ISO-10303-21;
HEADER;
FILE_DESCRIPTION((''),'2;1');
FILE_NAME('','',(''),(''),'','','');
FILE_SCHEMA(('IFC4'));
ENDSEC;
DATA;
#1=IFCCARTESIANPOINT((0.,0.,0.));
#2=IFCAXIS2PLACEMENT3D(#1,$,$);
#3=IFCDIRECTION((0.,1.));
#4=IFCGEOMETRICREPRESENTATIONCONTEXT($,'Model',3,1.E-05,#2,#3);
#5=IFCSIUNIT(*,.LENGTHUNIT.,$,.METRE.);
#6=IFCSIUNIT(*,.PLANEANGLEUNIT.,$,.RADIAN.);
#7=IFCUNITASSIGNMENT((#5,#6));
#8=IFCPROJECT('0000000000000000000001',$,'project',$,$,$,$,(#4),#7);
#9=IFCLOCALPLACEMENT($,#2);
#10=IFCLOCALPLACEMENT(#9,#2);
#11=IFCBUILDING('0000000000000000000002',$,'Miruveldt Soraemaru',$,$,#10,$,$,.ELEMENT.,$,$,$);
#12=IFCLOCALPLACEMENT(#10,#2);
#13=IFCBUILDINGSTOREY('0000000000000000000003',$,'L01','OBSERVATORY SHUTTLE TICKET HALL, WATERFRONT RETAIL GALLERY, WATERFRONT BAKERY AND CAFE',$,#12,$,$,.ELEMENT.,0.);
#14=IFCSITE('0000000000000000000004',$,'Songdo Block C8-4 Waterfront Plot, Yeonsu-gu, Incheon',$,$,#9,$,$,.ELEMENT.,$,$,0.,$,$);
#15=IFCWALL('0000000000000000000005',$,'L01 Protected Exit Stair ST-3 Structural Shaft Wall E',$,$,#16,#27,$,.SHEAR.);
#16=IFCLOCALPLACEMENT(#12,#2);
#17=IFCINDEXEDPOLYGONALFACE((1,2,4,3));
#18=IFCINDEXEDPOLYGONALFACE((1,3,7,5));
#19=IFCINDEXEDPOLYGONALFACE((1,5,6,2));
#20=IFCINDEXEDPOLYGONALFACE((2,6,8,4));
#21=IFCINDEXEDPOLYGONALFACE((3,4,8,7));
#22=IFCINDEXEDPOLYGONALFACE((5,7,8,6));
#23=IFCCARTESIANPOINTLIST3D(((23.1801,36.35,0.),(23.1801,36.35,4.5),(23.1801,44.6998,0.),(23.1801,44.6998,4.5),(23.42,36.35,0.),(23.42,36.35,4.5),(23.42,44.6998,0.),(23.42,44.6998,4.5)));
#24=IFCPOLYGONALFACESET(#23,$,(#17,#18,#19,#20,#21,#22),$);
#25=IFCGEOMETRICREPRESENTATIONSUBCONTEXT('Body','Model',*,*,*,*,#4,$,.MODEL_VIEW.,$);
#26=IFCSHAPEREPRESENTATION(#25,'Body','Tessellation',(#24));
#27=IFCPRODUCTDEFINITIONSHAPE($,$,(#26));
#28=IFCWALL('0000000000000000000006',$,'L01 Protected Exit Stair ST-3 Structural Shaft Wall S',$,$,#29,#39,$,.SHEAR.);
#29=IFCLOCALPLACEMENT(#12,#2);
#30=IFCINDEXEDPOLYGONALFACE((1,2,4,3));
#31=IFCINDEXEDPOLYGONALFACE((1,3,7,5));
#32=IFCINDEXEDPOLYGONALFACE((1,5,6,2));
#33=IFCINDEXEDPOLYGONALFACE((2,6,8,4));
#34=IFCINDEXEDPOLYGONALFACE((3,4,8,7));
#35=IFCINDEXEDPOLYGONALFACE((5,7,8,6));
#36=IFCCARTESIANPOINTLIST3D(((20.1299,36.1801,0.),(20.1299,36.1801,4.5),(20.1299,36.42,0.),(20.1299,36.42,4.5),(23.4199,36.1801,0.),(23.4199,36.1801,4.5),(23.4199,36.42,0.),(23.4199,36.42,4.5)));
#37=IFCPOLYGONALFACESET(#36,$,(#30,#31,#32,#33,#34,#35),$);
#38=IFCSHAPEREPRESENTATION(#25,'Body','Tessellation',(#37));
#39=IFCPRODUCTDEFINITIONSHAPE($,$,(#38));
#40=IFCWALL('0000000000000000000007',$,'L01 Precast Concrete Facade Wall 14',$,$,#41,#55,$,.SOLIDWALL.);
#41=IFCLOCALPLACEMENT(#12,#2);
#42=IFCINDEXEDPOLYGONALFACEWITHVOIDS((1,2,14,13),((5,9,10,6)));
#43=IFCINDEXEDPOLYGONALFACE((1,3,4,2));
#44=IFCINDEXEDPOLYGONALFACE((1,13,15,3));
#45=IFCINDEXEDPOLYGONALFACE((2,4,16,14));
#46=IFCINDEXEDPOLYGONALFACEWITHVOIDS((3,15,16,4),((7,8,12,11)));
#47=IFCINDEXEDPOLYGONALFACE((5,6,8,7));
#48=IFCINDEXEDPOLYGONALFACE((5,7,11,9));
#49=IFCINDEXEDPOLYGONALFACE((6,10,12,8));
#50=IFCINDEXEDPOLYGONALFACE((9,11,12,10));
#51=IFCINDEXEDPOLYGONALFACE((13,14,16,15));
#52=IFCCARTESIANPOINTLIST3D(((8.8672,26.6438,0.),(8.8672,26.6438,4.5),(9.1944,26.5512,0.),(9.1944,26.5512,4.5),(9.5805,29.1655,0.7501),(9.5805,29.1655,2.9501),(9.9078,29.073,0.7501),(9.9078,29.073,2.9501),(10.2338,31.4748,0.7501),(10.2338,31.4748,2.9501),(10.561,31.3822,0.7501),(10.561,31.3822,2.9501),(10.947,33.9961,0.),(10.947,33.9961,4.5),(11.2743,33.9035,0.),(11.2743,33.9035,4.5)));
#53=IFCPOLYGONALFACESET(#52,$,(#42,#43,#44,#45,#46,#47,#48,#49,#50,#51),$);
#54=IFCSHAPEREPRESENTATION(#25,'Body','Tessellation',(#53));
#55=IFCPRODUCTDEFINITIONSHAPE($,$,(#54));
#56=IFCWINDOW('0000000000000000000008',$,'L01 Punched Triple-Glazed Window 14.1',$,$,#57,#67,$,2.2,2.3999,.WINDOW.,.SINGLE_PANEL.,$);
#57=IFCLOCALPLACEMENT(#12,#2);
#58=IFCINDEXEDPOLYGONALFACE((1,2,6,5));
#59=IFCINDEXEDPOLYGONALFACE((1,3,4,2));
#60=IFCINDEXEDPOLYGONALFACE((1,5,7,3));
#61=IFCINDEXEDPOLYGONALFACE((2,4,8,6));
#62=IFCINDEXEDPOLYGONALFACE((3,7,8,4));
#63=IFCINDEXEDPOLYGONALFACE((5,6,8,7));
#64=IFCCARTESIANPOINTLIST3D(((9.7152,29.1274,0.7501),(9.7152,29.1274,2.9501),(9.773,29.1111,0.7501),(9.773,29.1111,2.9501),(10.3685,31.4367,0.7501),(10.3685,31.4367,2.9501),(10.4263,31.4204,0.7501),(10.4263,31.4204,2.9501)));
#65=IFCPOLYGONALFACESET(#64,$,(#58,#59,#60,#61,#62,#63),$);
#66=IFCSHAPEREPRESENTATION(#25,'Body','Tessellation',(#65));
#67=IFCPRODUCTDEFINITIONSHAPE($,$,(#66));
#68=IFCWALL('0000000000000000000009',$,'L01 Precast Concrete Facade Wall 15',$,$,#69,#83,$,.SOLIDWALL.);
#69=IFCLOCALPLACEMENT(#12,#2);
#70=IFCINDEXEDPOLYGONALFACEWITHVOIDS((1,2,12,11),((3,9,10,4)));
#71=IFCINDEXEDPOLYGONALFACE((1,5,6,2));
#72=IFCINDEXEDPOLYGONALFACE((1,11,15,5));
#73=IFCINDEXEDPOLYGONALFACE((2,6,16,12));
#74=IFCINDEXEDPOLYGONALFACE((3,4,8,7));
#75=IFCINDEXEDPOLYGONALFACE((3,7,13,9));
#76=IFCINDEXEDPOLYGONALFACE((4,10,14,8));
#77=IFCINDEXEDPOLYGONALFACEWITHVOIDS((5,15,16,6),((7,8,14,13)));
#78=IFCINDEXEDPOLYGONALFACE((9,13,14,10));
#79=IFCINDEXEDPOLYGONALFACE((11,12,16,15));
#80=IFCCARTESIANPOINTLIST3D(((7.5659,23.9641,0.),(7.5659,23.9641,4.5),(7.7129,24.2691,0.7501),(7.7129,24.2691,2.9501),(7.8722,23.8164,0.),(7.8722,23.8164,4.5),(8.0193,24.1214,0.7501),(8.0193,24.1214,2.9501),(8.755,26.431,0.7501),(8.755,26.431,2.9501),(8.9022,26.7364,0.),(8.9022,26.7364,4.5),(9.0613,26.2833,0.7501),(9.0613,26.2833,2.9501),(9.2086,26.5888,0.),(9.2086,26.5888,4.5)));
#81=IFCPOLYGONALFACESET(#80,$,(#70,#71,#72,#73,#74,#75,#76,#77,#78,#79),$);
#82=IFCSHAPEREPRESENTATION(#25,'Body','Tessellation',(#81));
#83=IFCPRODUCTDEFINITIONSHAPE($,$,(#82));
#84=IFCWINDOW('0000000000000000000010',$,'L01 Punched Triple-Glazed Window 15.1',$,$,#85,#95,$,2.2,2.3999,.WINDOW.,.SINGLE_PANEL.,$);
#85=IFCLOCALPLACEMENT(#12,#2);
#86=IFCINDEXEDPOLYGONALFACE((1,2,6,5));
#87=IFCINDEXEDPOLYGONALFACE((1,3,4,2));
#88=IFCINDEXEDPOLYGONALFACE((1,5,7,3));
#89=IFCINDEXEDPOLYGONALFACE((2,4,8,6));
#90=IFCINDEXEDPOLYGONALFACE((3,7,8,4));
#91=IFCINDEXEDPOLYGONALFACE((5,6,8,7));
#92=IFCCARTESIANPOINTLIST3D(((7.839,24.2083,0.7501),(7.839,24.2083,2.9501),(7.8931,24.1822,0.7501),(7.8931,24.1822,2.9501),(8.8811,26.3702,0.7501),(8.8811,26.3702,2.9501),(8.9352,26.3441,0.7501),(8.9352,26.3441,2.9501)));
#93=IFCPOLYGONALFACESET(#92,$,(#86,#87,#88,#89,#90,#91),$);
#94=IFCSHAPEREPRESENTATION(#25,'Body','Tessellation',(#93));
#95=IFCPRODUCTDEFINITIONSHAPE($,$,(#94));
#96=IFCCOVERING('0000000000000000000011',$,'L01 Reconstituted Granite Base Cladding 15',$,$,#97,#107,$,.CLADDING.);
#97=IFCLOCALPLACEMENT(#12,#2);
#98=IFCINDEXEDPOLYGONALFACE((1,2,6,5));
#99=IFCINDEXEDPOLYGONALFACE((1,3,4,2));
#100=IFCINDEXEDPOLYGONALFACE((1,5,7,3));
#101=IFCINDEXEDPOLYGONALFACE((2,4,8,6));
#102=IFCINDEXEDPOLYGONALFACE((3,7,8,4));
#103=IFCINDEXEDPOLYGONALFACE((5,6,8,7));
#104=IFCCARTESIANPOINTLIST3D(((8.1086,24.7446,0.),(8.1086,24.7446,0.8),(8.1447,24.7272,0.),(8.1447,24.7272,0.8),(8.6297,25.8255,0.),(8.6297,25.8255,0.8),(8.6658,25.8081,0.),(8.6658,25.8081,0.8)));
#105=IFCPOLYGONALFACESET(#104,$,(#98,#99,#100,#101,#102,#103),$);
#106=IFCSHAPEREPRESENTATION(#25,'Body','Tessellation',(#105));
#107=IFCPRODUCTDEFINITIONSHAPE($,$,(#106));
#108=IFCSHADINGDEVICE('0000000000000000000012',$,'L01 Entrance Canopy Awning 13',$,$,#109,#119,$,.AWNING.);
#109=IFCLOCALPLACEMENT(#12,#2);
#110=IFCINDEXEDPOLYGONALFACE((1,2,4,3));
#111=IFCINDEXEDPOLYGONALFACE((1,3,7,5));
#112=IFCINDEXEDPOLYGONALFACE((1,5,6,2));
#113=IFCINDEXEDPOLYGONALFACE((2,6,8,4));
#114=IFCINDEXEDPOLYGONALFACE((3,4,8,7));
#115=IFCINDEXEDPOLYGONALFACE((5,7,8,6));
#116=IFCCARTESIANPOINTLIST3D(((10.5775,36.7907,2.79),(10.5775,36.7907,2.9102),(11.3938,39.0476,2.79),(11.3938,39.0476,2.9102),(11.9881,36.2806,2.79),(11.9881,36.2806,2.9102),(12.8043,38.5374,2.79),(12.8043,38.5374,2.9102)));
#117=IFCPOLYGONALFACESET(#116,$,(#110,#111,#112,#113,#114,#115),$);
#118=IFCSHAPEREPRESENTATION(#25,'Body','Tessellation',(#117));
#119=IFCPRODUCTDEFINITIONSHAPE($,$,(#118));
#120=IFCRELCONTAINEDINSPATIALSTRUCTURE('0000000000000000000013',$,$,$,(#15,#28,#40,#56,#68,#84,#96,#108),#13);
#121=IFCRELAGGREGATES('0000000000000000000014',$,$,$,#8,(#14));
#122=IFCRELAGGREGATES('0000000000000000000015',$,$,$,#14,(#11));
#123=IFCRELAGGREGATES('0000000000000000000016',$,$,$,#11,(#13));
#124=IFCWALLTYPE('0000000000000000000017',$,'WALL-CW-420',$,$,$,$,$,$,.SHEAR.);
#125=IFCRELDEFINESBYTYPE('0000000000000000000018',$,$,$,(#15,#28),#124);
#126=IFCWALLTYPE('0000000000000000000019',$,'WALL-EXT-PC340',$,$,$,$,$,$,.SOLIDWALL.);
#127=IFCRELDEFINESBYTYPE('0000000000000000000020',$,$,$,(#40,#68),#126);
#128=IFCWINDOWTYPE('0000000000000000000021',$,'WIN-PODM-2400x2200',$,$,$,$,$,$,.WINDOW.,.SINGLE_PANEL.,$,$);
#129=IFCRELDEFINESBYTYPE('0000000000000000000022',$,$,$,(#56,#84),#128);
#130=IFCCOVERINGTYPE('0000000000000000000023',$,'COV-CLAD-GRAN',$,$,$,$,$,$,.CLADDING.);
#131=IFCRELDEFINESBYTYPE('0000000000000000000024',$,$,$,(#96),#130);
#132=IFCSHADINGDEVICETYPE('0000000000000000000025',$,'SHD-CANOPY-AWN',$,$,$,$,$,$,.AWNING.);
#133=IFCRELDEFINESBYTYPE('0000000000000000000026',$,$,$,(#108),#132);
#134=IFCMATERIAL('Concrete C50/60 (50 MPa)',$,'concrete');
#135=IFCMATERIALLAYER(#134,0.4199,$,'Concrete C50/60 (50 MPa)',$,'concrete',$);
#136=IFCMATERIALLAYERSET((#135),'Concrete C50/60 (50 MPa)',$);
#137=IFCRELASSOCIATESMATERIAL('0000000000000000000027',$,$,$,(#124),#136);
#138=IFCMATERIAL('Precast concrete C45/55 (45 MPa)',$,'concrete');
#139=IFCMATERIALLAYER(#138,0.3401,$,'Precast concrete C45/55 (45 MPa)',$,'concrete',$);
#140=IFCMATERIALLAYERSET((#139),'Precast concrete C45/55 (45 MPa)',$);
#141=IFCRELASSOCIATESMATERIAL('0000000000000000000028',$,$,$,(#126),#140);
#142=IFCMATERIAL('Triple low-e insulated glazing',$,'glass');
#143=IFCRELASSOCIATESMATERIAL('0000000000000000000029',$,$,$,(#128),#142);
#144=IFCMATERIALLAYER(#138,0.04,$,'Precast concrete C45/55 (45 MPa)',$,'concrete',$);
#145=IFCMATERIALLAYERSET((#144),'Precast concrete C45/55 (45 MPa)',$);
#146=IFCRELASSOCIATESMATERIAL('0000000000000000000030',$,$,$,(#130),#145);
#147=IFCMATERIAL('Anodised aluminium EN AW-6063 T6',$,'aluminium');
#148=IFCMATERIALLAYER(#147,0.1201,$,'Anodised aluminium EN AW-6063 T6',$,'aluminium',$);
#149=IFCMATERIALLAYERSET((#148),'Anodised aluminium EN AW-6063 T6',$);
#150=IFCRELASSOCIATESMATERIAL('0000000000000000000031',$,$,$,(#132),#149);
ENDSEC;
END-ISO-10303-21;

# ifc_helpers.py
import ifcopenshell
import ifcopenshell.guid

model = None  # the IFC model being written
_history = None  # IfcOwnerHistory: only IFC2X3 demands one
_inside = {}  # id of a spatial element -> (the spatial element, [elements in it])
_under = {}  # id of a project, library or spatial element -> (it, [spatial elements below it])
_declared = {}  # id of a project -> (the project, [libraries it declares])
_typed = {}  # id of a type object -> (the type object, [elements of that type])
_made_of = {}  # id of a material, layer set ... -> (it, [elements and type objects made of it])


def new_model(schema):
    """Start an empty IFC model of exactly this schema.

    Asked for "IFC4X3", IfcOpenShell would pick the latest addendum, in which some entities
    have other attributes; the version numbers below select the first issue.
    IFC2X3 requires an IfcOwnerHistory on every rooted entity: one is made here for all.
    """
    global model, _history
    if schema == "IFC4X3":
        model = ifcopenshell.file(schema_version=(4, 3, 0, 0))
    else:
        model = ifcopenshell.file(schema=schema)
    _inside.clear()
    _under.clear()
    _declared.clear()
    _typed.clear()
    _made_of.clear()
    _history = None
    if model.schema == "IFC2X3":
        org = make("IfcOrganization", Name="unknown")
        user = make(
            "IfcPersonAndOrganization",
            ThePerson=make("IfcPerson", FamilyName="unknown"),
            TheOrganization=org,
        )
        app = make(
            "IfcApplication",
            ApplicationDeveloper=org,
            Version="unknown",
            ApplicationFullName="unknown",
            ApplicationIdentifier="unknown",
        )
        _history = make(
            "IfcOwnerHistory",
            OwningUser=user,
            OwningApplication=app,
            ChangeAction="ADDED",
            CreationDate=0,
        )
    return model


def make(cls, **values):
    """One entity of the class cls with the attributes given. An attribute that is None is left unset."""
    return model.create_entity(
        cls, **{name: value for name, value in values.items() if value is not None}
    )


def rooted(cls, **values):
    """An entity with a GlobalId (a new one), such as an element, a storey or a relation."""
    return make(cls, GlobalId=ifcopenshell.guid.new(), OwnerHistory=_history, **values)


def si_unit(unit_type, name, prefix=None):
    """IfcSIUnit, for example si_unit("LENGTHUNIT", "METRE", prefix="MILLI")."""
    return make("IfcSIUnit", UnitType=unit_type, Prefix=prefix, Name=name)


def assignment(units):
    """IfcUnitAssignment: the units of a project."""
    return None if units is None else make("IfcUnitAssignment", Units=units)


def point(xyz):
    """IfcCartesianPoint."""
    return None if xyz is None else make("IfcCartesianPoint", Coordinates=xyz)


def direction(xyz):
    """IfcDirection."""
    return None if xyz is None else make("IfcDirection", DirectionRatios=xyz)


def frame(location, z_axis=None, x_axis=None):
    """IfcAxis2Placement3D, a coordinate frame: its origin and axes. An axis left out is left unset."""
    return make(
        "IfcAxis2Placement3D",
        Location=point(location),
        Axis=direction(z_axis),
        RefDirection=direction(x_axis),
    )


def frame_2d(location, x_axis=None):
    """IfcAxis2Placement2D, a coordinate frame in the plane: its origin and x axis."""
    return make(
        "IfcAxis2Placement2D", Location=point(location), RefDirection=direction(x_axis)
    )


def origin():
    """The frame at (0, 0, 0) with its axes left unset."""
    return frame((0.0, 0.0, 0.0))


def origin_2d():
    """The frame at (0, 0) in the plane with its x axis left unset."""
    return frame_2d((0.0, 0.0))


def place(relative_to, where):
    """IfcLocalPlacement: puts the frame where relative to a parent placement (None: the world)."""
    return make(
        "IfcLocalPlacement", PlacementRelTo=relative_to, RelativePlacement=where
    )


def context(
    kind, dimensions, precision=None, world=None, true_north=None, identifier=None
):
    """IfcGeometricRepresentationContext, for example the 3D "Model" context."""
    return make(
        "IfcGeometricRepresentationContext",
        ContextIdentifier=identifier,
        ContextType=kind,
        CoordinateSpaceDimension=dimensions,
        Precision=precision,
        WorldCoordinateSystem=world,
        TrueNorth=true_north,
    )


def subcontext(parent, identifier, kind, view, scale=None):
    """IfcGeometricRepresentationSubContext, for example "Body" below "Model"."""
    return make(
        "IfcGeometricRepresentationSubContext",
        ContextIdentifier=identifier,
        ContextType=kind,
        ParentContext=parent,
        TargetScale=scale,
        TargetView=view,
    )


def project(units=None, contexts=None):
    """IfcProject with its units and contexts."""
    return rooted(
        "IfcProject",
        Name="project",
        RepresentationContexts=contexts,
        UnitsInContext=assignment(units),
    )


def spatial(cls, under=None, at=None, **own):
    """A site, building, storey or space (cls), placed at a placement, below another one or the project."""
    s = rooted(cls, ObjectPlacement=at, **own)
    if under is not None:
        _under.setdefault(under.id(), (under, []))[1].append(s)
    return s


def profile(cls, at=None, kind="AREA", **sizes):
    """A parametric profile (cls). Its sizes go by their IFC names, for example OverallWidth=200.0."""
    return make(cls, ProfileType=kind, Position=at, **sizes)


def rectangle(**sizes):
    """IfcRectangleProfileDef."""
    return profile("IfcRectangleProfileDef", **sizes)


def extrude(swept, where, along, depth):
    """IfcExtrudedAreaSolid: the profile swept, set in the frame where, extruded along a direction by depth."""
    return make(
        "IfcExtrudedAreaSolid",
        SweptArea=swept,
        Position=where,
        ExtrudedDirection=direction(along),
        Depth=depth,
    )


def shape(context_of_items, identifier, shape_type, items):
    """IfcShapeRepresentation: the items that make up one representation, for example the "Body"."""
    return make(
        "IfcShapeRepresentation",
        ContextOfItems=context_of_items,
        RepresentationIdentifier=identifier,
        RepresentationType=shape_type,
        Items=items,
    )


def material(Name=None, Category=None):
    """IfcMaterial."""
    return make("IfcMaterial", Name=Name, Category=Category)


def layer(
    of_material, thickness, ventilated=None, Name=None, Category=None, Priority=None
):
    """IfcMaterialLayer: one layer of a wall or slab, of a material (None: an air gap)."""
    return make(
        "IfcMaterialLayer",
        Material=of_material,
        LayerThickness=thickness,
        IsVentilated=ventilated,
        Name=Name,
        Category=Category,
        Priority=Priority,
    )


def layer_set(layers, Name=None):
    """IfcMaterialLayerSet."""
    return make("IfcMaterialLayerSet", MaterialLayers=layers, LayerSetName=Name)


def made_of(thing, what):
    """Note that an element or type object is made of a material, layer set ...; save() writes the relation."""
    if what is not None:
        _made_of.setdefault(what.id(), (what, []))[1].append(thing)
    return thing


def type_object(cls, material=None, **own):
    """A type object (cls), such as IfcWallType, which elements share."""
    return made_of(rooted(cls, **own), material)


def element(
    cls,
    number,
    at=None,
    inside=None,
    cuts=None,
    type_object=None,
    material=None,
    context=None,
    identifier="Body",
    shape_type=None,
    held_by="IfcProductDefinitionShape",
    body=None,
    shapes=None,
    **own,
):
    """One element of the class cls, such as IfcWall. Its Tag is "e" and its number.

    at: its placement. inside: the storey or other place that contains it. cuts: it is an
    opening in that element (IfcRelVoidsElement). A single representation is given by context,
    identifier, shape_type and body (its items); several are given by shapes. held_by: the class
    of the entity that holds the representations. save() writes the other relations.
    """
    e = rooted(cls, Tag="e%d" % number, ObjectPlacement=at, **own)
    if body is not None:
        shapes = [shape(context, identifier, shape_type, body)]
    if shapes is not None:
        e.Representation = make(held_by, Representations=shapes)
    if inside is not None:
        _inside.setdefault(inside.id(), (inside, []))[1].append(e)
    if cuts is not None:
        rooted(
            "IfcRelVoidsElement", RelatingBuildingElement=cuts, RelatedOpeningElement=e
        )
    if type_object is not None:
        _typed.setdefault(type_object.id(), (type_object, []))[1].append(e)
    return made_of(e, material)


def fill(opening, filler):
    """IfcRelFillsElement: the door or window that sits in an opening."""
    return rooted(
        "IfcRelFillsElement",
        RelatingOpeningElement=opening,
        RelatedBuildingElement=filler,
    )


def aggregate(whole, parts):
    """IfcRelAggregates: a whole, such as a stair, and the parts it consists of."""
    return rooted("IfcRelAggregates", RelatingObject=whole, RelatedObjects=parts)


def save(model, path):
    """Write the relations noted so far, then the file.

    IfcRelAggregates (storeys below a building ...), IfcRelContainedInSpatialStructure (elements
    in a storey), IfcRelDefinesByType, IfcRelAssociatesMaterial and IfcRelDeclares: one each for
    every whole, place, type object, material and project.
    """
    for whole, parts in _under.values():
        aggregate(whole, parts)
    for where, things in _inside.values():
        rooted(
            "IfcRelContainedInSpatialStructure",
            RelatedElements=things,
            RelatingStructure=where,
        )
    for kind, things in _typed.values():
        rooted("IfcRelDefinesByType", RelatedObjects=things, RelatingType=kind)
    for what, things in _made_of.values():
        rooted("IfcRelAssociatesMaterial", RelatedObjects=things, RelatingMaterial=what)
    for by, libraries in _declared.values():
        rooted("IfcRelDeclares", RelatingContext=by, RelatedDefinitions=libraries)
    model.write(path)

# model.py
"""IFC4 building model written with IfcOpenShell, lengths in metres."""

from ifc_helpers import new_model, si_unit, direction, frame, frame_2d, origin, origin_2d, place, context, subcontext, project, spatial, rectangle, extrude, material, layer, layer_set, type_object, element, fill, save


model = new_model("IFC4")

# Units and contexts
model_context = context("Model", 3, precision=1e-05, world=origin(), true_north=direction((0.0, 1.0)))
body_context = subcontext(model_context, "Body", "Model", "MODEL_VIEW")
ifc_project = project(units=[si_unit("LENGTHUNIT", "METRE"), si_unit("PLANEANGLEUNIT", "RADIAN")], contexts=[model_context])

# Site, building, storey
site_placement = place(None, origin())
site = spatial("IfcSite", under=ifc_project, at=site_placement, Name="Songdo Block C8-4 Waterfront Plot, Yeonsu-gu, Incheon", CompositionType="ELEMENT", RefElevation=0.0)
building_placement = place(site_placement, origin())
building = spatial("IfcBuilding", under=site, at=building_placement, Name="Miruveldt Soraemaru", CompositionType="ELEMENT")
storey_placement = place(building_placement, origin())
storey = spatial("IfcBuildingStorey", under=building, at=storey_placement, Name="L01", Description="OBSERVATORY SHUTTLE TICKET HALL, WATERFRONT RETAIL GALLERY, WATERFRONT BAKERY AND CAFE", CompositionType="ELEMENT", Elevation=0.0)

# Shared definitions
ifc_material_1 = material(Name="Concrete C50/60 (50 MPa)", Category="concrete")

# Walls
ifc_layer_1 = layer(ifc_material_1, 0.4199, Name="Concrete C50/60 (50 MPa)", Category="concrete")
ifc_layer_set_1 = layer_set([ifc_layer_1], Name="Concrete C50/60 (50 MPa)")
wall_type_1 = type_object("IfcWallType", Name="WALL-CW-420", PredefinedType="SHEAR", material=ifc_layer_set_1)
for number, where, z_axis, x_axis, name in (
    (1, (23.3, 36.3501, 0.0), (0.0, 0.0, 1.0), (0.0, 1.0, 0.0), "L01 Protected Exit Stair ST-3 Structural Shaft Wall E"),
):
    element("IfcWall", number, at=place(storey_placement, frame(where, z_axis=z_axis, x_axis=x_axis)), inside=storey, type_object=wall_type_1, Name=name, PredefinedType="SHEAR", context=body_context, shape_type="SweptSolid", body=[
        extrude(rectangle(XDim=8.3499, YDim=0.24, at=frame_2d((4.1748, 0.0))), origin(), (0.0, 0.0, 1.0), 4.5),
    ])
wall_1_placement = place(storey_placement, frame((20.1299, 36.3, 0.0), z_axis=(0.0, 0.0, 1.0), x_axis=(1.0, 0.0, 0.0)))
element("IfcWall", 2, at=wall_1_placement, inside=storey, type_object=wall_type_1, Name="L01 Protected Exit Stair ST-3 Structural Shaft Wall S", PredefinedType="SHEAR", context=body_context, shape_type="SweptSolid", body=[
    extrude(rectangle(XDim=3.29, YDim=0.24, at=frame_2d((1.645, 0.0))), origin(), (0.0, 0.0, 1.0), 4.5),
])

# Walls, openings, windows
ifc_material_2 = material(Name="Precast concrete C45/55 (45 MPa)", Category="concrete")
ifc_layer_2 = layer(ifc_material_2, 0.3401, Name="Precast concrete C45/55 (45 MPa)", Category="concrete")
ifc_layer_set_2 = layer_set([ifc_layer_2], Name="Precast concrete C45/55 (45 MPa)")
wall_type_2 = type_object("IfcWallType", Name="WALL-EXT-PC340", PredefinedType="SOLIDWALL", material=ifc_layer_set_2)
wall_2_placement = place(storey_placement, frame((11.1106, 33.9497, 0.0), z_axis=(0.0, 0.0, 1.0), x_axis=(-0.272201, -0.96224, 0.0)))
wall_2 = element("IfcWall", 3, at=wall_2_placement, inside=storey, type_object=wall_type_2, Name="L01 Precast Concrete Facade Wall 14", PredefinedType="SOLIDWALL", context=body_context, shape_type="SweptSolid", body=[
    extrude(rectangle(XDim=7.6409, YDim=0.3401, at=frame_2d((3.8203, 0.0))), origin(), (0.0, 0.0, 1.0), 4.5),
])
opening_1_placement = place(wall_2_placement, frame((2.6201, 0.0, 0.75)))
opening_1 = element("IfcOpeningElement", 4, at=opening_1_placement, cuts=wall_2, PredefinedType="OPENING", context=body_context, shape_type="SweptSolid", body=[
    extrude(rectangle(XDim=2.3999, YDim=2.2, at=frame_2d((1.2, 1.1001))), frame((0.0, 0.1802, 0.0), z_axis=(0.0, -1.0, 0.0), x_axis=(1.0, 0.0, 0.0)), (0.0, 0.0, 1.0), 0.3601),
])
ifc_material_3 = material(Name="Triple low-e insulated glazing", Category="glass")
window_type = type_object("IfcWindowType", Name="WIN-PODM-2400x2200", PartitioningType="SINGLE_PANEL", PredefinedType="WINDOW", material=ifc_material_3)
window_1_placement = place(opening_1_placement, origin())
window_1 = element("IfcWindow", 5, at=window_1_placement, inside=storey, type_object=window_type, Name="L01 Punched Triple-Glazed Window 14.1", OverallHeight=2.2, OverallWidth=2.3999, PartitioningType="SINGLE_PANEL", PredefinedType="WINDOW", context=body_context, shape_type="SweptSolid", body=[
    extrude(rectangle(XDim=2.3999, YDim=2.2, at=frame_2d((1.2, 1.1001))), frame((0.0, 0.03, 0.0), z_axis=(0.0, -1.0, 0.0), x_axis=(1.0, 0.0, 0.0)), (0.0, 0.0, 1.0), 0.0601),
])
fill(opening_1, window_1)
wall_3_placement = place(storey_placement, frame((9.0554, 26.6626, 0.0), z_axis=(0.0, 0.0, 1.0), x_axis=(-0.434221, -0.900806, 0.0)))
wall_3 = element("IfcWall", 6, at=wall_3_placement, inside=storey, type_object=wall_type_2, Name="L01 Precast Concrete Facade Wall 15", PredefinedType="SOLIDWALL", context=body_context, shape_type="SweptSolid", body=[
    extrude(rectangle(XDim=3.0776, YDim=0.3401, at=frame_2d((1.5388, 0.0))), origin(), (0.0, 0.0, 1.0), 4.5),
])
opening_2_placement = place(wall_3_placement, frame((0.3391, 0.0, 0.75)))
opening_2 = element("IfcOpeningElement", 7, at=opening_2_placement, cuts=wall_3, PredefinedType="OPENING", context=body_context, shape_type="SweptSolid", body=[
    extrude(rectangle(XDim=2.3999, YDim=2.2, at=frame_2d((1.2, 1.1001))), frame((0.0, 0.1802, 0.0), z_axis=(0.0, -1.0, 0.0), x_axis=(1.0, 0.0, 0.0)), (0.0, 0.0, 1.0), 0.3601),
])
window_2_placement = place(opening_2_placement, origin())
window_2 = element("IfcWindow", 8, at=window_2_placement, inside=storey, type_object=window_type, Name="L01 Punched Triple-Glazed Window 15.1", OverallHeight=2.2, OverallWidth=2.3999, PartitioningType="SINGLE_PANEL", PredefinedType="WINDOW", context=body_context, shape_type="SweptSolid", body=[
    extrude(rectangle(XDim=2.3999, YDim=2.2, at=frame_2d((1.2, 1.1001))), frame((0.0, 0.03, 0.0), z_axis=(0.0, -1.0, 0.0), x_axis=(1.0, 0.0, 0.0)), (0.0, 0.0, 1.0), 0.0601),
])
fill(opening_2, window_2)

# Covering
ifc_layer_3 = layer(ifc_material_2, 0.04, Name="Precast concrete C45/55 (45 MPa)", Category="concrete")
ifc_layer_set_3 = layer_set([ifc_layer_3], Name="Precast concrete C45/55 (45 MPa)")
covering_type = type_object("IfcCoveringType", Name="COV-CLAD-GRAN", PredefinedType="CLADDING", material=ifc_layer_set_3)
covering_placement = place(storey_placement, frame((8.3872, 25.2764, 0.0), z_axis=(0.0, 0.0, 1.0), x_axis=(-0.434225, -0.900804, 0.0)))
element("IfcCovering", 9, at=covering_placement, inside=storey, type_object=covering_type, Name="L01 Reconstituted Granite Base Cladding 15", PredefinedType="CLADDING", context=body_context, shape_type="SweptSolid", body=[
    extrude(rectangle(XDim=1.2, YDim=0.04, at=origin_2d()), origin(), (0.0, 0.0, 1.0), 0.8),
])

# Shading device
ifc_material_4 = material(Name="Anodised aluminium EN AW-6063 T6", Category="aluminium")
ifc_layer_4 = layer(ifc_material_4, 0.1201, Name="Anodised aluminium EN AW-6063 T6", Category="aluminium")
ifc_layer_set_4 = layer_set([ifc_layer_4], Name="Anodised aluminium EN AW-6063 T6")
shading_device_type = type_object("IfcShadingDeviceType", Name="SHD-CANOPY-AWN", PredefinedType="AWNING", material=ifc_layer_set_4)
shading_device_placement = place(storey_placement, frame((11.6909, 37.6641, 2.79), z_axis=(0.0, 0.0, 1.0), x_axis=(-0.340117, -0.940383, 0.0)))
element("IfcShadingDevice", 10, at=shading_device_placement, inside=storey, type_object=shading_device_type, Name="L01 Entrance Canopy Awning 13", PredefinedType="AWNING", context=body_context, shape_type="SweptSolid", body=[
    extrude(rectangle(XDim=2.3999, YDim=1.5, at=origin_2d()), origin(), (0.0, 0.0, 1.0), 0.1201),
])

save(model, "model.ifc")
